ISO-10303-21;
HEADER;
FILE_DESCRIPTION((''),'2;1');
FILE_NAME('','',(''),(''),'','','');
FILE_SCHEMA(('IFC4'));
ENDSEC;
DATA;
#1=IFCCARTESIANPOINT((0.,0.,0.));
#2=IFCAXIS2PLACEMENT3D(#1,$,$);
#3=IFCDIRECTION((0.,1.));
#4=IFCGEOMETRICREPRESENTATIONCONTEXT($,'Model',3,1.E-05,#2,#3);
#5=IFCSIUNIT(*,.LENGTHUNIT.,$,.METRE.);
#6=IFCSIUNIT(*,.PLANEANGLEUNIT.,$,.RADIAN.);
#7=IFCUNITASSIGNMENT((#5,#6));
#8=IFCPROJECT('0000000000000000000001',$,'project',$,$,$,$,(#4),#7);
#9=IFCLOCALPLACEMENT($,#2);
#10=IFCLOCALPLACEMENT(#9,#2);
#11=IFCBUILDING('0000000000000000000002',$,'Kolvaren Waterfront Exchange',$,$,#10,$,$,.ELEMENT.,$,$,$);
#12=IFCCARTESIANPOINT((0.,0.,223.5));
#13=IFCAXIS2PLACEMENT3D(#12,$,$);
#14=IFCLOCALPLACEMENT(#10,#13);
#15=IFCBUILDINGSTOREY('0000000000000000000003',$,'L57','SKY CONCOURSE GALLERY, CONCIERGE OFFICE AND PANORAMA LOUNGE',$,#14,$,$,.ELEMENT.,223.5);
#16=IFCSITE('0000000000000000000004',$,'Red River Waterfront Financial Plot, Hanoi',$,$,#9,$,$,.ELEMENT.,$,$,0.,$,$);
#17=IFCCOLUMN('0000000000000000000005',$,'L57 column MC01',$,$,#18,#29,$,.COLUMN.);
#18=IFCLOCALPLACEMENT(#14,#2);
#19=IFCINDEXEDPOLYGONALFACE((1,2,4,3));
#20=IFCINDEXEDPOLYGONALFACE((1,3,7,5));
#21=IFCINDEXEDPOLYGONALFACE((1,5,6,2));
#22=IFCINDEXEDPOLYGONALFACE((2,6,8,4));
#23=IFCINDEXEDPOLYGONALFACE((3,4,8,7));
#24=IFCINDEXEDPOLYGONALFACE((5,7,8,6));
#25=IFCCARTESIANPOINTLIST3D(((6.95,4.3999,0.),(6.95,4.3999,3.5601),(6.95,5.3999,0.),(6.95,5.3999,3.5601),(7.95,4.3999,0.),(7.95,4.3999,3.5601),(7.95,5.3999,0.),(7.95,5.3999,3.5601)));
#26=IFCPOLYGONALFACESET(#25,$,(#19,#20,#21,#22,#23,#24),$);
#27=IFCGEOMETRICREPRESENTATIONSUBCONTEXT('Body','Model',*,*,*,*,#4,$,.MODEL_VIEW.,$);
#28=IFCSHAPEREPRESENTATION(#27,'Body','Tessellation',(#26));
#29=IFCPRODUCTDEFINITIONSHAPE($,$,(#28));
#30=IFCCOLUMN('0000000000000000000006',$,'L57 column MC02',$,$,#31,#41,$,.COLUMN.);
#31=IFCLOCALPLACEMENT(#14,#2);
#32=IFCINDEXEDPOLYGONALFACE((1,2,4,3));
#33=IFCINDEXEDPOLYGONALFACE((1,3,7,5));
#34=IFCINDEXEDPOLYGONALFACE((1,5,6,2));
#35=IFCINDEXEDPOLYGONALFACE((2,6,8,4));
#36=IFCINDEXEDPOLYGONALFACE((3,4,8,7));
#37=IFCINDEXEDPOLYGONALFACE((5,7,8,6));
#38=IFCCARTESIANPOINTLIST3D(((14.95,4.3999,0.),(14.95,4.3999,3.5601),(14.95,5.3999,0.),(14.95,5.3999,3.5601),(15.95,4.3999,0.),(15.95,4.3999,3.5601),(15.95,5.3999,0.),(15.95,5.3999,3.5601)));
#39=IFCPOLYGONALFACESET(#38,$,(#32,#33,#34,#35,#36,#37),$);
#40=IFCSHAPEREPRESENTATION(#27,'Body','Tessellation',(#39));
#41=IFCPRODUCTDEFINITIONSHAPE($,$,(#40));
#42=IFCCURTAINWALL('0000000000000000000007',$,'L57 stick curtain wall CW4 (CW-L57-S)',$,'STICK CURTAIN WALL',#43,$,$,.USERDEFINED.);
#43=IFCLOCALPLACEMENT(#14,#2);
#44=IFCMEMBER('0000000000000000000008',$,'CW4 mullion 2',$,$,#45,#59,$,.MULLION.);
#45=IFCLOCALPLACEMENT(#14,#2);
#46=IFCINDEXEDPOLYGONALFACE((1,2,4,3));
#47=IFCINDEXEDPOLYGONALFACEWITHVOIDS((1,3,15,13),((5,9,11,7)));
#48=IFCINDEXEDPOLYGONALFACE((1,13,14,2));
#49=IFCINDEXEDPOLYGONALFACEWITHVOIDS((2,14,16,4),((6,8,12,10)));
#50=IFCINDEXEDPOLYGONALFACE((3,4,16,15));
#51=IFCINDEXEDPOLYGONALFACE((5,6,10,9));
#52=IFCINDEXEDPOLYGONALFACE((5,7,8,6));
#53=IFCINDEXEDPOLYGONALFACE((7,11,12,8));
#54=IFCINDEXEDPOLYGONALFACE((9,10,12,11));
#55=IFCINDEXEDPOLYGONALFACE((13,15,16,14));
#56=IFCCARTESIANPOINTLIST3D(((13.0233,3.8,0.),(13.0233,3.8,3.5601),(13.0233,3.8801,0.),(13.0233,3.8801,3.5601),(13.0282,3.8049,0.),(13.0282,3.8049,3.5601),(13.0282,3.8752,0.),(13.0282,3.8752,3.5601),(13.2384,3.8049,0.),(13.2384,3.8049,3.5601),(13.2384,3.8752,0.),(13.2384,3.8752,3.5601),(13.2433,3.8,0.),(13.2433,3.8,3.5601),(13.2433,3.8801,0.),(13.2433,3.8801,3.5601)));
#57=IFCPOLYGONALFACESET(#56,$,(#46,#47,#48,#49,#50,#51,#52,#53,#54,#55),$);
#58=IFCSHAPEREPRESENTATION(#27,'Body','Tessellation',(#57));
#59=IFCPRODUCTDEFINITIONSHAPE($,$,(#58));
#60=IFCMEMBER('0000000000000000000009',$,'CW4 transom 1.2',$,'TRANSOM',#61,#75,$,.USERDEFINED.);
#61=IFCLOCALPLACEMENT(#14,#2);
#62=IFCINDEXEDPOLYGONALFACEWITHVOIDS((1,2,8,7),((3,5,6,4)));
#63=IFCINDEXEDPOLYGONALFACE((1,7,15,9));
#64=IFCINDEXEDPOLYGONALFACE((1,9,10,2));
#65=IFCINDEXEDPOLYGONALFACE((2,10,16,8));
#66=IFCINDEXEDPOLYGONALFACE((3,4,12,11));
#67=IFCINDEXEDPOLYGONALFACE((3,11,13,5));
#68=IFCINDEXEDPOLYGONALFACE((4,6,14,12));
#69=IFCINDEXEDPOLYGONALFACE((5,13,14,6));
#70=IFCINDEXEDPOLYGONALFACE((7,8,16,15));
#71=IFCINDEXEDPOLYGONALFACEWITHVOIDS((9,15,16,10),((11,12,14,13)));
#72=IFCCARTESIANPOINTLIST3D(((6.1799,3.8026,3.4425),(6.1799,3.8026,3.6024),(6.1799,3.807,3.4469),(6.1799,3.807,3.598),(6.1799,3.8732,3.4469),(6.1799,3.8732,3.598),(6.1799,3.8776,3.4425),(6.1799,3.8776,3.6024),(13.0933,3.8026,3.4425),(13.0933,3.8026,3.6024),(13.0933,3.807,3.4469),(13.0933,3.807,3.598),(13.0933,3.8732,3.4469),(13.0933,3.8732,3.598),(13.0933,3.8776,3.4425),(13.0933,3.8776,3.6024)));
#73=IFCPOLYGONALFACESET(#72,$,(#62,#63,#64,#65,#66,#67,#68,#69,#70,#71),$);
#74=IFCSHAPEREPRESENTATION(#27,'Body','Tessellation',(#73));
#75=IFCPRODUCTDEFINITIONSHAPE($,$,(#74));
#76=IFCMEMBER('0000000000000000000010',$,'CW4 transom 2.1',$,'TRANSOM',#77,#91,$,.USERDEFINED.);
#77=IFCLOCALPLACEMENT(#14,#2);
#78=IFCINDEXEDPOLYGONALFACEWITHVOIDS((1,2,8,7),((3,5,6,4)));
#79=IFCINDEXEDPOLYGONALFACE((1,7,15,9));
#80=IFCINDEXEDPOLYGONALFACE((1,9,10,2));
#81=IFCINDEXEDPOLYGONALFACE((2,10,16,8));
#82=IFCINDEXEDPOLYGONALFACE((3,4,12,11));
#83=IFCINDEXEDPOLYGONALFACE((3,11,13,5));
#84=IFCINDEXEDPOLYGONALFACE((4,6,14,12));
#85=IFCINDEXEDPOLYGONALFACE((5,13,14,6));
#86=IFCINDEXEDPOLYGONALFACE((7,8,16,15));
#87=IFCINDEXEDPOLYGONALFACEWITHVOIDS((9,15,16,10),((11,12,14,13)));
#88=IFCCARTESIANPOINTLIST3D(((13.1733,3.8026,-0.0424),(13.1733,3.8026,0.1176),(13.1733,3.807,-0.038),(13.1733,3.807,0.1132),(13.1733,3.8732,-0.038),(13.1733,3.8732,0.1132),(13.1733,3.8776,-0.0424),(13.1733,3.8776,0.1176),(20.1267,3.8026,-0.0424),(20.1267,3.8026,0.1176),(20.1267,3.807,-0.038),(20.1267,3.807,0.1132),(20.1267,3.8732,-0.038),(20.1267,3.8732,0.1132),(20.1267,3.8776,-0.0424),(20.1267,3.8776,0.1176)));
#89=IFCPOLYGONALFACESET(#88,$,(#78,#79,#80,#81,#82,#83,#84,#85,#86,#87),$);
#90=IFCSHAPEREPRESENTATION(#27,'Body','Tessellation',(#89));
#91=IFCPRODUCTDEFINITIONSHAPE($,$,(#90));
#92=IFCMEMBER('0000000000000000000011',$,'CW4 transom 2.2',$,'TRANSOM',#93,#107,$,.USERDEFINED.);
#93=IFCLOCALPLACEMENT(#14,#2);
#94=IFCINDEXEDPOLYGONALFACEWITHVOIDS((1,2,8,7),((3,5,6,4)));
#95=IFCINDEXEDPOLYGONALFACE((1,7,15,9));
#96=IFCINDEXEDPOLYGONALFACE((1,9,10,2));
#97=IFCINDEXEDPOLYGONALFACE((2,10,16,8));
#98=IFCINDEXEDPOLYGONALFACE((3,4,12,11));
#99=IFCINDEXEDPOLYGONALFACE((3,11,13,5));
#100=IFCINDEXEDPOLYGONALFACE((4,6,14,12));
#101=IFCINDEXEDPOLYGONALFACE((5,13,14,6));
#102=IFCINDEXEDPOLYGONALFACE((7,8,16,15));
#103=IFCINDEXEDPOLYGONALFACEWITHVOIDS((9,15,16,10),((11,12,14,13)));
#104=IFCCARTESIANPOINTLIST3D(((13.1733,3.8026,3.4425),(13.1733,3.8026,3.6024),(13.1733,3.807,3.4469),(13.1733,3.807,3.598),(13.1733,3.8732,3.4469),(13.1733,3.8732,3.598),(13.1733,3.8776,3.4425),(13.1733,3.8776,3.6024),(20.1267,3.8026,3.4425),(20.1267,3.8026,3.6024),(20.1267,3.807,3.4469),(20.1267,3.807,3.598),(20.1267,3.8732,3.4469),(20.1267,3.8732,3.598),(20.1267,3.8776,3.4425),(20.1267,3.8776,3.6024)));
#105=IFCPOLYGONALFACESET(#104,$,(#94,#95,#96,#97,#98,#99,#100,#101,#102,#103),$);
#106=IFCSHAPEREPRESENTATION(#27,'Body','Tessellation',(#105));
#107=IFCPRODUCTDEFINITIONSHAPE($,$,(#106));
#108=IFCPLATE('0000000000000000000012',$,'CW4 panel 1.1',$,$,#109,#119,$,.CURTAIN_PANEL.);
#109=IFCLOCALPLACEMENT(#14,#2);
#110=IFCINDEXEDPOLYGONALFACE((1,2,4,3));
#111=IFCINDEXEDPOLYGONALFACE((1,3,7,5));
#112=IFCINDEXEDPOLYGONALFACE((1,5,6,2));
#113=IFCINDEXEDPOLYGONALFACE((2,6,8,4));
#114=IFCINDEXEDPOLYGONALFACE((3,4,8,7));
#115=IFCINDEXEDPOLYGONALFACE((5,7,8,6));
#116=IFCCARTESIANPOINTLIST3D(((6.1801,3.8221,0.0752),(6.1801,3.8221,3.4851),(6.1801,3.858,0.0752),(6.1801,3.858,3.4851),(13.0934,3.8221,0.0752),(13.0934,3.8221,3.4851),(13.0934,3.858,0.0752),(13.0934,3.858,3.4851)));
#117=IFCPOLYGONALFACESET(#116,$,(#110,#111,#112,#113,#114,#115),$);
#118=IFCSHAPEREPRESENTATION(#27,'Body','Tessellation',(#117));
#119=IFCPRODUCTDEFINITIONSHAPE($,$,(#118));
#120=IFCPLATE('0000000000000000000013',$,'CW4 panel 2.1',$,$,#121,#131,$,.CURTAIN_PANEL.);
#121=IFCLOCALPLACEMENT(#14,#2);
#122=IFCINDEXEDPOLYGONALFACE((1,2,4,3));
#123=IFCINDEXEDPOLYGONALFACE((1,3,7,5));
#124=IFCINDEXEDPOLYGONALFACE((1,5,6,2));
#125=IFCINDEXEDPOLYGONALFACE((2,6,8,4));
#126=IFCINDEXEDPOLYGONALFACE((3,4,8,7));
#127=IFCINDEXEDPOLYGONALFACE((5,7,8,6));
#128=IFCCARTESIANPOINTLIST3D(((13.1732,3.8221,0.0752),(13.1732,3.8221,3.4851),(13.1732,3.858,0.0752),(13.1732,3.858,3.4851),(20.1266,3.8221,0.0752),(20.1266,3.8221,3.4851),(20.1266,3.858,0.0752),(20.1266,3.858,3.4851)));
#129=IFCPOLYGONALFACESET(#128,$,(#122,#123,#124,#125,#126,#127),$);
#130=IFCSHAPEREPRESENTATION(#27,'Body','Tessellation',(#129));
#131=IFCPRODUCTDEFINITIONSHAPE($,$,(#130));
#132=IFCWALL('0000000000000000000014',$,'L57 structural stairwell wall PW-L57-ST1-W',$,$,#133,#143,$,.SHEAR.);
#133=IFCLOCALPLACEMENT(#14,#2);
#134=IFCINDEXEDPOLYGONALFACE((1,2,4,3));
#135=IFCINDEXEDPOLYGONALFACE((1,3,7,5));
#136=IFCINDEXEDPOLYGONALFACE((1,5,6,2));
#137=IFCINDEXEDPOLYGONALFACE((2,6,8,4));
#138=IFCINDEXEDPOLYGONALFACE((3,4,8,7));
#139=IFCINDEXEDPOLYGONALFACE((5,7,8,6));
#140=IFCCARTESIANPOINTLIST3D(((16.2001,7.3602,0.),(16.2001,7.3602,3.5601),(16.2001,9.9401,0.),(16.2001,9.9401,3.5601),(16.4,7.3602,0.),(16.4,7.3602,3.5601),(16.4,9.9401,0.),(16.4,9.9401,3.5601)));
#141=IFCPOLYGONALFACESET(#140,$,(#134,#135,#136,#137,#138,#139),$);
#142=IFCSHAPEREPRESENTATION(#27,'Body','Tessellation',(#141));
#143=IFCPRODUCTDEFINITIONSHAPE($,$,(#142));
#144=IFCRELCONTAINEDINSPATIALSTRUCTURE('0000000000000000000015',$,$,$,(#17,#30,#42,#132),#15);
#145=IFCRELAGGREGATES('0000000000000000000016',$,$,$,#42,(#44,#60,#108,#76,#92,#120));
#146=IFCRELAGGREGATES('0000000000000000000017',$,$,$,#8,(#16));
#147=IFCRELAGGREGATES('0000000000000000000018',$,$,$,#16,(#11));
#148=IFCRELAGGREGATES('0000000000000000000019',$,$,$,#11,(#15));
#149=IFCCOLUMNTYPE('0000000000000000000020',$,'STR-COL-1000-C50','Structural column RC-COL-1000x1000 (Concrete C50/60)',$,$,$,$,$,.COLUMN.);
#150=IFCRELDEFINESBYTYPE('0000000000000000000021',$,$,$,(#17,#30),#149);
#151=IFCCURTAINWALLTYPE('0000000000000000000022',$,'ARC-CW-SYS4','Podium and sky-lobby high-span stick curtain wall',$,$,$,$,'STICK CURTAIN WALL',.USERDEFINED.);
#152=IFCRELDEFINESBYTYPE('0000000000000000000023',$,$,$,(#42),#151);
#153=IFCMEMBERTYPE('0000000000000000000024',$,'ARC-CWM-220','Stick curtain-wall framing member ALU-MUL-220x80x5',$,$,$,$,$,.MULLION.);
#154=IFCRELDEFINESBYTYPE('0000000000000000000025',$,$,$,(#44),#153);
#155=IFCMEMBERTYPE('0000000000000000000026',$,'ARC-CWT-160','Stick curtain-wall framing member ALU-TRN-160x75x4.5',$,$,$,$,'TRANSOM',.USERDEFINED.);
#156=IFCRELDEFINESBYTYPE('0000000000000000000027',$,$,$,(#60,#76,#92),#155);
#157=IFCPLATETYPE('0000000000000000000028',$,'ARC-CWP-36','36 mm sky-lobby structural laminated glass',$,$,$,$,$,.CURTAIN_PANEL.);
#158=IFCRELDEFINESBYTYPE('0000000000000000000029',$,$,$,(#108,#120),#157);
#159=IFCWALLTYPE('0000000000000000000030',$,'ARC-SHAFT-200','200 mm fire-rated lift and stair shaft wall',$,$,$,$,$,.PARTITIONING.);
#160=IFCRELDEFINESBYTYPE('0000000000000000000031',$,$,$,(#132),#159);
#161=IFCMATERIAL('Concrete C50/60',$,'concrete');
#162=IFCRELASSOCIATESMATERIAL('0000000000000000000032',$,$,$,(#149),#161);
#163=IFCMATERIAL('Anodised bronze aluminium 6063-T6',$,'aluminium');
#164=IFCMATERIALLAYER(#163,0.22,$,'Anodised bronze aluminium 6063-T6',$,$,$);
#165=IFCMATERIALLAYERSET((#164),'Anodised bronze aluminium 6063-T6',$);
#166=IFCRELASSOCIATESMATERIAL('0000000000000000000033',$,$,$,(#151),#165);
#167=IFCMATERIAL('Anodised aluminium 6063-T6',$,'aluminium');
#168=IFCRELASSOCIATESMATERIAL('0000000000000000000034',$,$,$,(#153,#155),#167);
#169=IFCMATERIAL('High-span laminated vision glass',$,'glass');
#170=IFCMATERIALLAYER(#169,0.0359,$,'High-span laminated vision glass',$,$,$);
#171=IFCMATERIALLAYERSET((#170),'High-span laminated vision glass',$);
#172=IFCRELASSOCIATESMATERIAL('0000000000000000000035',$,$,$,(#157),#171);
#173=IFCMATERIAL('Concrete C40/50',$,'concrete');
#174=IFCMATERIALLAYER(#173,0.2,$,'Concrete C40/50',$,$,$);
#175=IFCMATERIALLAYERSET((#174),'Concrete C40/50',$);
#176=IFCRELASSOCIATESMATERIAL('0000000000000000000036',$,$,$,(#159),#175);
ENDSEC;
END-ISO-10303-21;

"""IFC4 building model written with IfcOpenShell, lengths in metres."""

from ifc_helpers import new_model, si_unit, direction, frame, frame_2d, origin, origin_with_axes, origin_2d, place, context, subcontext, project, spatial, rectangle, hollow_rectangle, extrude, source, transform, mapped, material, layer, layer_set, material_profile, profile_set, type_object, element, aggregate, save


model = new_model("IFC4")

# Units and contexts
model_context = context("Model", 3, precision=1e-05, world=origin(), true_north=direction((0.0, 1.0)))
body_context = subcontext(model_context, "Body", "Model", "MODEL_VIEW")
ifc_project = project(units=[si_unit("LENGTHUNIT", "METRE"), si_unit("PLANEANGLEUNIT", "RADIAN")], contexts=[model_context])

# Site, building, storey
site_placement = place(None, origin())
site = spatial("IfcSite", under=ifc_project, at=site_placement, Name="Red River Waterfront Financial Plot, Hanoi", CompositionType="ELEMENT", RefElevation=0.0)
building_placement = place(site_placement, origin())
building = spatial("IfcBuilding", under=site, at=building_placement, Name="Kolvaren Waterfront Exchange", CompositionType="ELEMENT")
storey_placement = place(building_placement, frame((0.0, 0.0, 223.5)))
storey = spatial("IfcBuildingStorey", under=building, at=storey_placement, Name="L57", Description="SKY CONCOURSE GALLERY, CONCIERGE OFFICE AND PANORAMA LOUNGE", CompositionType="ELEMENT", Elevation=223.5)

# Columns
ifc_material_1 = material(Name="Concrete C50/60", Category="concrete")
ifc_material_profile_1 = material_profile(ifc_material_1, rectangle(XDim=1.0, YDim=1.0, at=origin_2d()), Name="RC-COL-1000x1000")
ifc_profile_set_1 = profile_set([ifc_material_profile_1], Name="Concrete C50/60")
column_type = type_object("IfcColumnType", Name="STR-COL-1000-C50", Description="Structural column RC-COL-1000x1000 (Concrete C50/60)", PredefinedType="COLUMN", material=ifc_profile_set_1)
for number, where, z_axis, x_axis, name in (
    (1, (7.45, 4.8999, 0.0), (0.0, 0.0, 1.0), (1.0, 0.0, 0.0), "L57 column MC01"),
    (2, (15.45, 4.8999, 0.0), (0.0, 0.0, 1.0), (1.0, 0.0, 0.0), "L57 column MC02"),
):
    element("IfcColumn", number, at=place(storey_placement, frame(where, z_axis=z_axis, x_axis=x_axis)), inside=storey, type_object=column_type, Name=name, PredefinedType="COLUMN", context=body_context, shape_type="SweptSolid", body=[
        extrude(rectangle(XDim=1.0, YDim=1.0, at=origin_2d()), origin(), (0.0, 0.0, 1.0), 3.5601),
    ])

# Curtain wall, members, plates
ifc_material_2 = material(Name="Anodised bronze aluminium 6063-T6", Category="aluminium")
ifc_layer_1 = layer(ifc_material_2, 0.22, Name="Anodised bronze aluminium 6063-T6")
ifc_layer_set_1 = layer_set([ifc_layer_1], Name="Anodised bronze aluminium 6063-T6")
curtain_wall_type = type_object("IfcCurtainWallType", Name="ARC-CW-SYS4", Description="Podium and sky-lobby high-span stick curtain wall", ElementType="STICK CURTAIN WALL", PredefinedType="USERDEFINED", material=ifc_layer_set_1)
curtain_wall_placement = place(storey_placement, origin())
curtain_wall = element("IfcCurtainWall", 3, at=curtain_wall_placement, inside=storey, type_object=curtain_wall_type, Name="L57 stick curtain wall CW4 (CW-L57-S)", ObjectType="STICK CURTAIN WALL", PredefinedType="USERDEFINED")
ifc_material_3 = material(Name="Anodised aluminium 6063-T6", Category="aluminium")
ifc_material_profile_2 = material_profile(ifc_material_3, hollow_rectangle(XDim=0.0801, YDim=0.22, WallThickness=0.0049, at=origin_2d()), Name="ALU-MUL-220x80x5")
ifc_profile_set_2 = profile_set([ifc_material_profile_2], Name="Anodised aluminium 6063-T6")
member_type_1 = type_object("IfcMemberType", Name="ARC-CWM-220", Description="Stick curtain-wall framing member ALU-MUL-220x80x5", PredefinedType="MULLION", material=ifc_profile_set_2)
shared_shape_1 = source(origin_with_axes(), body_context, "Body", "SweptSolid", [
    extrude(hollow_rectangle(XDim=0.0801, YDim=0.22, WallThickness=0.0049, at=origin_2d()), origin(), (0.0, 0.0, 1.0), 3.5601),
])
member_1_placement = place(storey_placement, frame((13.1333, 3.8401, 0.0), z_axis=(0.0, 0.0, 1.0), x_axis=(0.0, 1.0, 0.0)))
member_1 = element("IfcMember", 4, at=member_1_placement, type_object=member_type_1, Name="CW4 mullion 2", PredefinedType="MULLION", context=body_context, shape_type="MappedRepresentation", body=[
    mapped(shared_shape_1, transform((0.0, 0.0, 0.0), x_axis=(1.0, 0.0, 0.0), y_axis=(0.0, 1.0, 0.0), z_axis=(0.0, 0.0, 1.0), scale=1.0)),
])
ifc_material_profile_3 = material_profile(ifc_material_3, hollow_rectangle(XDim=0.075, YDim=0.1599, WallThickness=0.0044, at=origin_2d()), Name="ALU-TRN-160x75x4.5")
ifc_profile_set_3 = profile_set([ifc_material_profile_3], Name="Anodised aluminium 6063-T6")
member_type_2 = type_object("IfcMemberType", Name="ARC-CWT-160", Description="Stick curtain-wall framing member ALU-TRN-160x75x4.5", ElementType="TRANSOM", PredefinedType="USERDEFINED", material=ifc_profile_set_3)
shared_shape_2 = source(origin_with_axes(), body_context, "Body", "SweptSolid", [
    extrude(hollow_rectangle(XDim=0.075, YDim=0.1599, WallThickness=0.0044, at=origin_2d()), origin(), (0.0, 0.0, 1.0), 6.9133),
])
member_2_placement = place(storey_placement, frame((6.1799, 3.8401, 3.5225), z_axis=(1.0, 0.0, 0.0), x_axis=(0.0, 1.0, 0.0)))
member_2 = element("IfcMember", 5, at=member_2_placement, type_object=member_type_2, Name="CW4 transom 1.2", ObjectType="TRANSOM", PredefinedType="USERDEFINED", context=body_context, shape_type="MappedRepresentation", body=[
    mapped(shared_shape_2, transform((0.0, 0.0, 0.0), x_axis=(1.0, 0.0, 0.0), y_axis=(0.0, 1.0, 0.0), z_axis=(0.0, 0.0, 1.0), scale=1.0)),
])
shared_shape_3 = source(origin_with_axes(), body_context, "Body", "SweptSolid", [
    extrude(hollow_rectangle(XDim=0.075, YDim=0.1599, WallThickness=0.0044, at=origin_2d()), origin(), (0.0, 0.0, 1.0), 6.9534),
])
member_3_placement = place(storey_placement, frame((13.1733, 3.8401, 0.0376), z_axis=(1.0, 0.0, 0.0), x_axis=(0.0, 1.0, 0.0)))
member_3 = element("IfcMember", 6, at=member_3_placement, type_object=member_type_2, Name="CW4 transom 2.1", ObjectType="TRANSOM", PredefinedType="USERDEFINED", context=body_context, shape_type="MappedRepresentation", body=[
    mapped(shared_shape_3, transform((0.0, 0.0, 0.0), x_axis=(1.0, 0.0, 0.0), y_axis=(0.0, 1.0, 0.0), z_axis=(0.0, 0.0, 1.0), scale=1.0)),
])
member_4_placement = place(storey_placement, frame((13.1733, 3.8401, 3.5225), z_axis=(1.0, 0.0, 0.0), x_axis=(0.0, 1.0, 0.0)))
member_4 = element("IfcMember", 7, at=member_4_placement, type_object=member_type_2, Name="CW4 transom 2.2", ObjectType="TRANSOM", PredefinedType="USERDEFINED", context=body_context, shape_type="MappedRepresentation", body=[
    mapped(shared_shape_3, transform((0.0, 0.0, 0.0), x_axis=(1.0, 0.0, 0.0), y_axis=(0.0, 1.0, 0.0), z_axis=(0.0, 0.0, 1.0), scale=1.0)),
])
ifc_material_4 = material(Name="High-span laminated vision glass", Category="glass")
ifc_layer_2 = layer(ifc_material_4, 0.0359, Name="High-span laminated vision glass")
ifc_layer_set_2 = layer_set([ifc_layer_2], Name="High-span laminated vision glass")
plate_type = type_object("IfcPlateType", Name="ARC-CWP-36", Description="36 mm sky-lobby structural laminated glass", PredefinedType="CURTAIN_PANEL", material=ifc_layer_set_2)
shared_shape_4 = source(origin_with_axes(), body_context, "Body", "SweptSolid", [
    extrude(rectangle(XDim=6.9133, YDim=0.0359, at=origin_2d()), origin(), (0.0, 0.0, 1.0), 3.4099),
])
plate_1_placement = place(storey_placement, frame((9.6367, 3.8401, 0.0752), z_axis=(0.0, 0.0, 1.0), x_axis=(1.0, 0.0, 0.0)))
plate_1 = element("IfcPlate", 8, at=plate_1_placement, type_object=plate_type, Name="CW4 panel 1.1", PredefinedType="CURTAIN_PANEL", context=body_context, shape_type="MappedRepresentation", body=[
    mapped(shared_shape_4, transform((0.0, 0.0, 0.0), x_axis=(1.0, 0.0, 0.0), y_axis=(0.0, 1.0, 0.0), z_axis=(0.0, 0.0, 1.0), scale=1.0)),
])
shared_shape_5 = source(origin_with_axes(), body_context, "Body", "SweptSolid", [
    extrude(rectangle(XDim=6.9534, YDim=0.0359, at=origin_2d()), origin(), (0.0, 0.0, 1.0), 3.4099),
])
plate_2_placement = place(storey_placement, frame((16.6499, 3.8401, 0.0752), z_axis=(0.0, 0.0, 1.0), x_axis=(1.0, 0.0, 0.0)))
plate_2 = element("IfcPlate", 9, at=plate_2_placement, type_object=plate_type, Name="CW4 panel 2.1", PredefinedType="CURTAIN_PANEL", context=body_context, shape_type="MappedRepresentation", body=[
    mapped(shared_shape_5, transform((0.0, 0.0, 0.0), x_axis=(1.0, 0.0, 0.0), y_axis=(0.0, 1.0, 0.0), z_axis=(0.0, 0.0, 1.0), scale=1.0)),
])
aggregate(curtain_wall, [member_1, member_2, plate_1, member_3, member_4, plate_2])

# Wall
ifc_material_5 = material(Name="Concrete C40/50", Category="concrete")
ifc_layer_3 = layer(ifc_material_5, 0.2, Name="Concrete C40/50")
ifc_layer_set_3 = layer_set([ifc_layer_3], Name="Concrete C40/50")
wall_type_1 = type_object("IfcWallType", Name="ARC-SHAFT-200", Description="200 mm fire-rated lift and stair shaft wall", PredefinedType="PARTITIONING", material=ifc_layer_set_3)
wall_1_placement = place(storey_placement, frame((16.3, 7.3601, 0.0), z_axis=(0.0, 0.0, 1.0), x_axis=(0.0, 1.0, 0.0)))
element("IfcWall", 10, at=wall_1_placement, inside=storey, type_object=wall_type_1, Name="L57 structural stairwell wall PW-L57-ST1-W", PredefinedType="SHEAR", context=body_context, shape_type="SweptSolid", body=[
    extrude(rectangle(XDim=2.5798, YDim=0.2, at=frame_2d((1.29, 0.0))), origin(), (0.0, 0.0, 1.0), 3.5601),
])

save(model, "model.ifc")
